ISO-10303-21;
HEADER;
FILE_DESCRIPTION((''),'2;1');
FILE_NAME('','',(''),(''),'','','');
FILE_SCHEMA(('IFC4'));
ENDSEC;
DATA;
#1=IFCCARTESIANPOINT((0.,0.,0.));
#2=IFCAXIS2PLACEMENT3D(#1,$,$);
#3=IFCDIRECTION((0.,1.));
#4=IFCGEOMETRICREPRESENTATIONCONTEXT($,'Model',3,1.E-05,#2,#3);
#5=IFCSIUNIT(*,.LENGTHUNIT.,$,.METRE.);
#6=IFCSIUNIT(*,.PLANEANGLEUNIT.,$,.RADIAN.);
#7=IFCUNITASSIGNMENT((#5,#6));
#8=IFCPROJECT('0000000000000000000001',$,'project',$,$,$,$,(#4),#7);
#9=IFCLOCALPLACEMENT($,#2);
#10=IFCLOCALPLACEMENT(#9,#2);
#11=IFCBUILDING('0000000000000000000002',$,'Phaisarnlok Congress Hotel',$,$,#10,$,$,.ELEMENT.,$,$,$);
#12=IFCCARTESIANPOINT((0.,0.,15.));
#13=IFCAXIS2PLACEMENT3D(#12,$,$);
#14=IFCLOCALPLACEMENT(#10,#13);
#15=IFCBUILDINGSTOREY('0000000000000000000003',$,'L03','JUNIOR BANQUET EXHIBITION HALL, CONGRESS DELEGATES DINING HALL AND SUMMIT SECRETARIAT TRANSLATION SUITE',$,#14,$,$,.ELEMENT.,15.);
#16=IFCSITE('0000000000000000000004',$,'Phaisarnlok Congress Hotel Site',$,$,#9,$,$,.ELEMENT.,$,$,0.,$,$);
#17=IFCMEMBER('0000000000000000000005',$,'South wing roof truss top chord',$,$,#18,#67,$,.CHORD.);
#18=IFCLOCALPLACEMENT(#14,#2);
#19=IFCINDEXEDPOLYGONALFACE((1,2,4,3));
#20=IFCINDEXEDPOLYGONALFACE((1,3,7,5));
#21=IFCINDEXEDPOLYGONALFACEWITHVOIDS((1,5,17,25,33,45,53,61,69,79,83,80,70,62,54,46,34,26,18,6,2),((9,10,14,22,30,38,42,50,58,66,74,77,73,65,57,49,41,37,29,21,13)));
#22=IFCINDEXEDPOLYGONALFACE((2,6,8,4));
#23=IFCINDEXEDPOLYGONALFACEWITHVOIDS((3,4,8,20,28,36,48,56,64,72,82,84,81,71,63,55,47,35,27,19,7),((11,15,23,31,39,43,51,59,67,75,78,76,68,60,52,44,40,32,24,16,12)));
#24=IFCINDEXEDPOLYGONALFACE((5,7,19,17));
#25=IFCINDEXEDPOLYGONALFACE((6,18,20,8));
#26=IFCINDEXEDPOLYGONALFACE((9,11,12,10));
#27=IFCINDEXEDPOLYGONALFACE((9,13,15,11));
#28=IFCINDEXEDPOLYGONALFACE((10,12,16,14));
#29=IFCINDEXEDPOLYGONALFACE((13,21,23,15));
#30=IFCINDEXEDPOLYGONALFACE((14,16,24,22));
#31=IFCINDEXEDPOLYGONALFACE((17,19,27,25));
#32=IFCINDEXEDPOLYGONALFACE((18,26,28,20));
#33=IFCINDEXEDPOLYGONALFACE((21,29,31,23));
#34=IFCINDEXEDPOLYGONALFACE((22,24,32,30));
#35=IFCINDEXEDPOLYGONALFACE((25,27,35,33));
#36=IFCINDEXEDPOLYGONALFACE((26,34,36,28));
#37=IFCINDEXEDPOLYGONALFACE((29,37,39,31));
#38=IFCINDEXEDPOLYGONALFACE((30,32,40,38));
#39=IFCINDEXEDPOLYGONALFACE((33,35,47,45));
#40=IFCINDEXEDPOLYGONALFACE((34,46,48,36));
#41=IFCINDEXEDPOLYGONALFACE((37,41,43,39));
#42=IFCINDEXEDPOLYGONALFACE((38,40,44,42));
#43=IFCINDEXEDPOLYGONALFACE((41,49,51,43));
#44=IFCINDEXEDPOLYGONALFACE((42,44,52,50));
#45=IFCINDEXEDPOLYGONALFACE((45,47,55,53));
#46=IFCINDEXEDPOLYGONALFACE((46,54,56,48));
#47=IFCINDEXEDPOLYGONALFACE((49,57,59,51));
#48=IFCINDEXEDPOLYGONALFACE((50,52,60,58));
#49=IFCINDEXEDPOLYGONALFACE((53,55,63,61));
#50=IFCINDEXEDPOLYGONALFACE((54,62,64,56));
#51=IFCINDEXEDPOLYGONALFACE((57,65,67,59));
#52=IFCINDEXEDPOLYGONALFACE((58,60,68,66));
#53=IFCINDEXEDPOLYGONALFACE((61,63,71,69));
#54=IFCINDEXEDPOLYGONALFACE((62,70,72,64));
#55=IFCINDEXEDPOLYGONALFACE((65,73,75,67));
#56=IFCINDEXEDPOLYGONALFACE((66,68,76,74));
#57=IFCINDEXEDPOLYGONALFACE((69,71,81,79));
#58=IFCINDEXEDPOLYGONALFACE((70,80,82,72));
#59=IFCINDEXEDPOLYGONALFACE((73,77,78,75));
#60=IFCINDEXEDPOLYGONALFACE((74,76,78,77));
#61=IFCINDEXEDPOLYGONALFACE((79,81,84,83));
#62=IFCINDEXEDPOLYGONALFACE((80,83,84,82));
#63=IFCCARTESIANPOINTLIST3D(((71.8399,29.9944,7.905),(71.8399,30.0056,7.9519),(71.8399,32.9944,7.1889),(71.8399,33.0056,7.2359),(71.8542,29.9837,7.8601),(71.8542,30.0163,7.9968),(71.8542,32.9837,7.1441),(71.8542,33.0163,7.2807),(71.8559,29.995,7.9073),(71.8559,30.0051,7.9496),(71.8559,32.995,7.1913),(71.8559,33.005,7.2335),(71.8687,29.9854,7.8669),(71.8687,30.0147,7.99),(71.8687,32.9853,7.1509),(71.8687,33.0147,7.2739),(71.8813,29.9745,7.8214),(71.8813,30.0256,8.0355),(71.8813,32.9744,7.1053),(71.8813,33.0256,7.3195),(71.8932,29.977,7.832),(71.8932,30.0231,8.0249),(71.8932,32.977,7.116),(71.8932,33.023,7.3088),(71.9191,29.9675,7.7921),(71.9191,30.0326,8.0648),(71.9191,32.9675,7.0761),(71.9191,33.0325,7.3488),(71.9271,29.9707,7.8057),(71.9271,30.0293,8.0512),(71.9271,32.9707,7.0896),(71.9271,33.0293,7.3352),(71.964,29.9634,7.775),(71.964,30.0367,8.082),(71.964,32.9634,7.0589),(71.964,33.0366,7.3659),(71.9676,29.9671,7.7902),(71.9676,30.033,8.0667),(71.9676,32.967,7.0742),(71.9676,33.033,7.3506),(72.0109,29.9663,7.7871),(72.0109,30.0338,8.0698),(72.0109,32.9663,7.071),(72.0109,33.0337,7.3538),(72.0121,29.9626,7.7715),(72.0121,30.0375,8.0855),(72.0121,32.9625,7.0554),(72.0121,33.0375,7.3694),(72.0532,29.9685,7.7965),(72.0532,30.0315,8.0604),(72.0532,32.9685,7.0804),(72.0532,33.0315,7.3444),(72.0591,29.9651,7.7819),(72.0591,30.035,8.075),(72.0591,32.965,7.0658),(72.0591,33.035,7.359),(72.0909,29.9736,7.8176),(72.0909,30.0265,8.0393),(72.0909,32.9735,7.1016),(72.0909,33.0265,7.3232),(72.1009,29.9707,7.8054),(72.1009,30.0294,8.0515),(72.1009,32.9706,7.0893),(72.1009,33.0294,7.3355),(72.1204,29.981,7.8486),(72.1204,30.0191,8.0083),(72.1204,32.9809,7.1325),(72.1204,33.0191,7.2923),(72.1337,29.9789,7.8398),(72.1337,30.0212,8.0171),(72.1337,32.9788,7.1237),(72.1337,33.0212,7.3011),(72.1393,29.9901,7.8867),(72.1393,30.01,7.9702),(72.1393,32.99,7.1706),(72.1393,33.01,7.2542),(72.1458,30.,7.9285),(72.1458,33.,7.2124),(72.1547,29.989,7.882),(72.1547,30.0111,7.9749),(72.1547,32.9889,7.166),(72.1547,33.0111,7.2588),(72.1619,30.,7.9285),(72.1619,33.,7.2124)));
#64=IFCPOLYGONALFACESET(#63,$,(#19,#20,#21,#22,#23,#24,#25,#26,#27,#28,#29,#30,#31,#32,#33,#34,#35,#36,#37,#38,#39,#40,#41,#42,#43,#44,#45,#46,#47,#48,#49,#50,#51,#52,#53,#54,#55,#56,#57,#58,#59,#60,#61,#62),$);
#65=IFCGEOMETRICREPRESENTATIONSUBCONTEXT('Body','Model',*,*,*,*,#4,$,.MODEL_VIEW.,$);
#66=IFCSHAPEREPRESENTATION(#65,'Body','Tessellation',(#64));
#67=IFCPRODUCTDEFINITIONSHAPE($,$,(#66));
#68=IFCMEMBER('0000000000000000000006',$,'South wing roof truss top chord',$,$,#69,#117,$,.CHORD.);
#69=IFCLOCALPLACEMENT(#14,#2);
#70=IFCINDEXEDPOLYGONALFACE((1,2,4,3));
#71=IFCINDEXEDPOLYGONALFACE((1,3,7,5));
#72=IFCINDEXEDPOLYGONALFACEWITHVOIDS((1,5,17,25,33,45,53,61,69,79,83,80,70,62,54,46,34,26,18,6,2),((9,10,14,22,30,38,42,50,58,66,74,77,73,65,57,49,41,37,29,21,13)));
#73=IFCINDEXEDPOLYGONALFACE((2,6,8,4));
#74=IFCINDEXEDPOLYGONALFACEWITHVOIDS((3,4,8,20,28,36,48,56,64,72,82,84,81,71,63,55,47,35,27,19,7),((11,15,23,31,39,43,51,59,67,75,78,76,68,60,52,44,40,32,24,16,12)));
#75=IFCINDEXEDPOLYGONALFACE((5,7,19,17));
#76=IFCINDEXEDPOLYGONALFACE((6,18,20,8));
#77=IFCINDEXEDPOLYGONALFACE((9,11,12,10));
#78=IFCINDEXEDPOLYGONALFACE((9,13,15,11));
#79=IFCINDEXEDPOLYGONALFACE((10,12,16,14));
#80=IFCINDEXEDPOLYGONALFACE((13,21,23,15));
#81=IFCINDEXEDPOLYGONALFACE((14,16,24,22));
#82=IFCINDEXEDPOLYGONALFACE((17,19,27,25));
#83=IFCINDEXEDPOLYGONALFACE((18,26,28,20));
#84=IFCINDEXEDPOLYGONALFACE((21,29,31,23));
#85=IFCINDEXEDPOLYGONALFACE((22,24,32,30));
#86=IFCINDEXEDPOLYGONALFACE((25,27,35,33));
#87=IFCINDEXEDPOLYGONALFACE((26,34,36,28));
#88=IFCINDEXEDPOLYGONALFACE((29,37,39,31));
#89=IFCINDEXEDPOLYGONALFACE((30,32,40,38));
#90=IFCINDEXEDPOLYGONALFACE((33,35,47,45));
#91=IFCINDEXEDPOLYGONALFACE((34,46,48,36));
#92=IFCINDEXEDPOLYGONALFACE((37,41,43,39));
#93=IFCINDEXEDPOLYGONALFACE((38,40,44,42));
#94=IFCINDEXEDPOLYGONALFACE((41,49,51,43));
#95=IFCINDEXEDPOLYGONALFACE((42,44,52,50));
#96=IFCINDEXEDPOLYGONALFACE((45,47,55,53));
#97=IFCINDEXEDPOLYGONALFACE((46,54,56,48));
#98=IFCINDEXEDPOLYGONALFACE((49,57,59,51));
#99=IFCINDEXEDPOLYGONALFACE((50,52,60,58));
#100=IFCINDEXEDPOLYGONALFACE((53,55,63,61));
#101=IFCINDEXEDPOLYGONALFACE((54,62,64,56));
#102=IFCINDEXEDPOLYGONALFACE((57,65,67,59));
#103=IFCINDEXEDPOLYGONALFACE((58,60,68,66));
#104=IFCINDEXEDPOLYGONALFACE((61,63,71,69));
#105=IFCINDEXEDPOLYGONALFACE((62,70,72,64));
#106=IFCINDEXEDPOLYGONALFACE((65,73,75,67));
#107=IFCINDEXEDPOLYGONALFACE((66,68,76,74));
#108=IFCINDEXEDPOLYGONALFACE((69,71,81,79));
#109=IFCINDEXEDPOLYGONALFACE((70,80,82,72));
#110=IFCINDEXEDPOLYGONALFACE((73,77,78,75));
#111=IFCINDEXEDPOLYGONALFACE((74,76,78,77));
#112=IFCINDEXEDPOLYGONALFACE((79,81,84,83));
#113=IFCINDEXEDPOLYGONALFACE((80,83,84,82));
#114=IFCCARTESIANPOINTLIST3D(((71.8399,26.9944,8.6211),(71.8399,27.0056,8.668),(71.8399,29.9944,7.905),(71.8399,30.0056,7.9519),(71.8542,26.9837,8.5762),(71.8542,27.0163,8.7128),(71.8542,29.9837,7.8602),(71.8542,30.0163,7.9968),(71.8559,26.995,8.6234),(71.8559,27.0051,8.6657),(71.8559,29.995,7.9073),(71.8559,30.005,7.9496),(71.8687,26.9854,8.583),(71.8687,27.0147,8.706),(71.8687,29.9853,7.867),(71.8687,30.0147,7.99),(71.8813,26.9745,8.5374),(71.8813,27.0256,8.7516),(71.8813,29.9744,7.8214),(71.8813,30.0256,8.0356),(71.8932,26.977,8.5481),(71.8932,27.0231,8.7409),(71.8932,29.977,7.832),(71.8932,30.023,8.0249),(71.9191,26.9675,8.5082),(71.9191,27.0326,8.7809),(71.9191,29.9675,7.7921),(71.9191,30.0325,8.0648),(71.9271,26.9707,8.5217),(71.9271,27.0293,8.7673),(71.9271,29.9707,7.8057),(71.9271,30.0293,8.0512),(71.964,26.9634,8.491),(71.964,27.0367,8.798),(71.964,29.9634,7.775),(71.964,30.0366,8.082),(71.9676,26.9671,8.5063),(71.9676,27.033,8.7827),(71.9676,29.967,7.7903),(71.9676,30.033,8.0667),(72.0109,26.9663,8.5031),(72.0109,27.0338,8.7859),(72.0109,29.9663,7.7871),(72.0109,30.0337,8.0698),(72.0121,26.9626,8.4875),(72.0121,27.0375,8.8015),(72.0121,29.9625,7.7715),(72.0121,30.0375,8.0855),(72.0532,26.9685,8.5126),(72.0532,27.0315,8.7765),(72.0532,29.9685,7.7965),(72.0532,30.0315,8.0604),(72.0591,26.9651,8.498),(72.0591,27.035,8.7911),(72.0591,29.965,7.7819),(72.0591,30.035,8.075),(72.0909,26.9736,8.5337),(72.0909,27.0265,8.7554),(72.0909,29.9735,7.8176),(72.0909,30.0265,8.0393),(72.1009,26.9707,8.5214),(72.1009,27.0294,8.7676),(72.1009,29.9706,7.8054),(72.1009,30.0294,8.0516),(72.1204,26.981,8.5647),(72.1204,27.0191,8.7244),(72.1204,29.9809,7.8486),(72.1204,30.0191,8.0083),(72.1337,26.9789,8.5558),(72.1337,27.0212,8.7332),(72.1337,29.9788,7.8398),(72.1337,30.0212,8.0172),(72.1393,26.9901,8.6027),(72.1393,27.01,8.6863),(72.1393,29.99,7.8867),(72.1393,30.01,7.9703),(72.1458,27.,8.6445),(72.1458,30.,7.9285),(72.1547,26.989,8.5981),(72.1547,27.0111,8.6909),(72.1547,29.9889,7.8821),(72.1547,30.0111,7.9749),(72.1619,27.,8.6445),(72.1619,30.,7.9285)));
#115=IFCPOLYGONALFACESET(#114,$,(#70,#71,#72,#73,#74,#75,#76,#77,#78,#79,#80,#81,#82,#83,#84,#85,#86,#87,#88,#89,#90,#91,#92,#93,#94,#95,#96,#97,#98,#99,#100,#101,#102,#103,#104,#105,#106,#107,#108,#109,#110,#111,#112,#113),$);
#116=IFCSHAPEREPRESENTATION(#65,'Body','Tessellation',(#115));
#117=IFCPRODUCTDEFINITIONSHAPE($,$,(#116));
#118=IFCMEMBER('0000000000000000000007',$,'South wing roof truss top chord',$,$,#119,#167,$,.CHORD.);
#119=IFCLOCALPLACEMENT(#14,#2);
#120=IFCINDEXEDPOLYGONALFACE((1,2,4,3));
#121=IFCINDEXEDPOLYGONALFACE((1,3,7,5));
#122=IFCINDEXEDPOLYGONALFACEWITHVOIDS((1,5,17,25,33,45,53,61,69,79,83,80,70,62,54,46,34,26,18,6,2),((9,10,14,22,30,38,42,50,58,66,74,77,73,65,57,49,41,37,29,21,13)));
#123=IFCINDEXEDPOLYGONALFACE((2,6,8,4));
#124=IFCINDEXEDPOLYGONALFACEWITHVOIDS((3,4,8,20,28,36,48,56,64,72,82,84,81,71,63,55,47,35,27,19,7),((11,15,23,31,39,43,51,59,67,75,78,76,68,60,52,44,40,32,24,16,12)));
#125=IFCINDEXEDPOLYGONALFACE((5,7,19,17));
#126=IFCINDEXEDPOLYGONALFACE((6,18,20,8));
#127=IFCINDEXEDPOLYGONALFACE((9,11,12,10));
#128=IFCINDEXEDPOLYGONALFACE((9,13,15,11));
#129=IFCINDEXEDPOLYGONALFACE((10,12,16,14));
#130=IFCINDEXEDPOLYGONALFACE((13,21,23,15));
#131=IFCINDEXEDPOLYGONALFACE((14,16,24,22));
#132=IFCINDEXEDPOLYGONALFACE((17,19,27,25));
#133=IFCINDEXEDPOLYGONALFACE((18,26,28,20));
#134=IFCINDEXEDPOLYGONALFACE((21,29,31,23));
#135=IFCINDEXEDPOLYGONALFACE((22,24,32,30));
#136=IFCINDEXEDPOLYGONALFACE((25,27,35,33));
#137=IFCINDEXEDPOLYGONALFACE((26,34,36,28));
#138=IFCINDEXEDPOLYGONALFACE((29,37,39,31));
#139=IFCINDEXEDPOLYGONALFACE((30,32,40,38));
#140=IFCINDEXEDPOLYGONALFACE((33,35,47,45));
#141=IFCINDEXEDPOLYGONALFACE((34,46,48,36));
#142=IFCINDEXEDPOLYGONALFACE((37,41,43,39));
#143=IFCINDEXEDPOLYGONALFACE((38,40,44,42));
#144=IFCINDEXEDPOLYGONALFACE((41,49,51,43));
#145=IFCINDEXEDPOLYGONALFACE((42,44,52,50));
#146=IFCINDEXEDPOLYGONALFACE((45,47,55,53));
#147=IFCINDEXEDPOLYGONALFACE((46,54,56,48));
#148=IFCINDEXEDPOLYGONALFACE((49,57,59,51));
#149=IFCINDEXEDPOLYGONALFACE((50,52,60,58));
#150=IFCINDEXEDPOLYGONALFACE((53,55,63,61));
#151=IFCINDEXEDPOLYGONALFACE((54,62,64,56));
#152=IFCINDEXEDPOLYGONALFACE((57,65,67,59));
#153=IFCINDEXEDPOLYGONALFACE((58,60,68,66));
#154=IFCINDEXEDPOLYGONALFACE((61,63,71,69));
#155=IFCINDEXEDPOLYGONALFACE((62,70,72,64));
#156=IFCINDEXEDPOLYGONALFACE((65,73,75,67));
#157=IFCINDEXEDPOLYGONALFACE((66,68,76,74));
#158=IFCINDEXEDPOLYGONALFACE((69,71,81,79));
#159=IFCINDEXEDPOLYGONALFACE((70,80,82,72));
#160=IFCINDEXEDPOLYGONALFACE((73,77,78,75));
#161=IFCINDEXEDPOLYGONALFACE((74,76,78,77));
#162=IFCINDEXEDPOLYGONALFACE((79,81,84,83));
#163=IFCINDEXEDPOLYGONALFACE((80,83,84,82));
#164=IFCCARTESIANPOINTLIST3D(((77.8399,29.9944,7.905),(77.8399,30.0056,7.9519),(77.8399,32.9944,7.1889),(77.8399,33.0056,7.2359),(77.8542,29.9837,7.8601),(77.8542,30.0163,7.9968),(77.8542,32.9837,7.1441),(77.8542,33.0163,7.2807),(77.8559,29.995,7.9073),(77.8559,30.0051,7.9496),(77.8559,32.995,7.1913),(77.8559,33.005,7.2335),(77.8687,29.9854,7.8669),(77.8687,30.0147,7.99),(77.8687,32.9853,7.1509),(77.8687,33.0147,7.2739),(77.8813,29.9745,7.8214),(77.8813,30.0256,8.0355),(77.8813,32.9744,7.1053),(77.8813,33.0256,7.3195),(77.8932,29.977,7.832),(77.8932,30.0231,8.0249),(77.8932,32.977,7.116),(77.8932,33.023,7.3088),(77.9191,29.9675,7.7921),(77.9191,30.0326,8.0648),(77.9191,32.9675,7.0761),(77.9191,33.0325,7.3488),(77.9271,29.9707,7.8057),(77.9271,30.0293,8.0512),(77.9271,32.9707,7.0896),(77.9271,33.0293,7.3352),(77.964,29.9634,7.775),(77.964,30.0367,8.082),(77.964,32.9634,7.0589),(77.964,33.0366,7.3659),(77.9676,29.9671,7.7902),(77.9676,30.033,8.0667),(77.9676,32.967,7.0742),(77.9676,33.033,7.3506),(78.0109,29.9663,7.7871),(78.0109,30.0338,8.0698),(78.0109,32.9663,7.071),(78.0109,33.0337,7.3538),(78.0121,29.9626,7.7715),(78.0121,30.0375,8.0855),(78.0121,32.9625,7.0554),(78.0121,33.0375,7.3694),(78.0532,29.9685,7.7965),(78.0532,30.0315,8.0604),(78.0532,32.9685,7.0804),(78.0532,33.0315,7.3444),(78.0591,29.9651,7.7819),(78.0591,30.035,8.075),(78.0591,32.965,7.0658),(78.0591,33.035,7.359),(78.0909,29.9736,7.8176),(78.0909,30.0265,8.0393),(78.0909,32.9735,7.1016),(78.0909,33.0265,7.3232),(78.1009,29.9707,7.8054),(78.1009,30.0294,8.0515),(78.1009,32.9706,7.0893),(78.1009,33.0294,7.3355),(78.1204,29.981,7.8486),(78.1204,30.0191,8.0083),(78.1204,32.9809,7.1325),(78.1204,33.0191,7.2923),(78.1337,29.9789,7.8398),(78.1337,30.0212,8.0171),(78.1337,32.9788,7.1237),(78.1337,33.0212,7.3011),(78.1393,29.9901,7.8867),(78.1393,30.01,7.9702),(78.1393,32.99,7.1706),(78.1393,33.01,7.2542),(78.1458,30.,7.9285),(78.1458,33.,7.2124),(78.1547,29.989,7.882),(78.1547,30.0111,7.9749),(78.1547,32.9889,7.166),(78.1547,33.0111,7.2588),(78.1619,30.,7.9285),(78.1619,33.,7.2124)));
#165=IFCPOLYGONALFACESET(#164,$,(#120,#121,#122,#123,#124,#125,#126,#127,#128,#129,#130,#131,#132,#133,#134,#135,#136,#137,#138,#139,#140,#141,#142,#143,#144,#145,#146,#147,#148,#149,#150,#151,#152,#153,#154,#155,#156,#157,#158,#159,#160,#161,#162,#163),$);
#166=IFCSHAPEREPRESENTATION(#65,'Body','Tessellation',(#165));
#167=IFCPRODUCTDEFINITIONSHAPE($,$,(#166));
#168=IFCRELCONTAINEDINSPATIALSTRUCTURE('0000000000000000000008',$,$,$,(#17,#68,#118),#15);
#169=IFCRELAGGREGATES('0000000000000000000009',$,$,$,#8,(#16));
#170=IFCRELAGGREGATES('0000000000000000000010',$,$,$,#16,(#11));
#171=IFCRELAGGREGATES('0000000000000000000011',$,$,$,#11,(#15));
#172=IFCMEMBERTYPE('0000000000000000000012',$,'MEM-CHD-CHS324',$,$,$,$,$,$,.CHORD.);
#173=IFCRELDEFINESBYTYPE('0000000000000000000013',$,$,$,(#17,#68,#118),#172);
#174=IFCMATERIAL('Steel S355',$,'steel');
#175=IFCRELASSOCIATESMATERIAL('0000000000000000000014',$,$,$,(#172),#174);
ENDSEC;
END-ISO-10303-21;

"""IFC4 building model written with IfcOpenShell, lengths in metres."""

from ifc_helpers import new_model, si_unit, direction, frame, origin, origin_2d, place, context, subcontext, project, spatial, hollow_circle, extrude, material, material_profile, profile_set, type_object, element, save


model = new_model("IFC4")

# Units and contexts
model_context = context("Model", 3, precision=1e-05, world=origin(), true_north=direction((0.0, 1.0)))
body_context = subcontext(model_context, "Body", "Model", "MODEL_VIEW")
ifc_project = project(units=[si_unit("LENGTHUNIT", "METRE"), si_unit("PLANEANGLEUNIT", "RADIAN")], contexts=[model_context])

# Site, building, storey
site_placement = place(None, origin())
site = spatial("IfcSite", under=ifc_project, at=site_placement, Name="Phaisarnlok Congress Hotel Site", CompositionType="ELEMENT", RefElevation=0.0)
building_placement = place(site_placement, origin())
building = spatial("IfcBuilding", under=site, at=building_placement, Name="Phaisarnlok Congress Hotel", CompositionType="ELEMENT")
storey_placement = place(building_placement, frame((0.0, 0.0, 15.0)))
storey = spatial("IfcBuildingStorey", under=building, at=storey_placement, Name="L03", Description="JUNIOR BANQUET EXHIBITION HALL, CONGRESS DELEGATES DINING HALL AND SUMMIT SECRETARIAT TRANSLATION SUITE", CompositionType="ELEMENT", Elevation=15.0)

# Shared definitions
ifc_material_1 = material(Name="Steel S355", Category="steel")

# Members
ifc_material_profile_1 = material_profile(ifc_material_1, hollow_circle(Radius=0.1619, WallThickness=0.0161, at=origin_2d()), Name="CHS 323.9x16")
ifc_profile_set_1 = profile_set([ifc_material_profile_1], Name="Steel S355")
member_type_1 = type_object("IfcMemberType", Name="MEM-CHD-CHS324", PredefinedType="CHORD", material=ifc_profile_set_1)
for number, where, z_axis, x_axis, name in (
    (1, (72.0, 33.0, 7.2124), (0.0, -0.972676, 0.232166), (1.0, 0.0, 0.0), "South wing roof truss top chord"),
    (2, (72.0, 30.0, 7.9285), (0.0, -0.972676, 0.232166), (1.0, 0.0, 0.0), "South wing roof truss top chord"),
    (3, (78.0, 33.0, 7.2124), (0.0, -0.972676, 0.232166), (1.0, 0.0, 0.0), "South wing roof truss top chord"),
):
    element("IfcMember", number, at=place(storey_placement, frame(where, z_axis=z_axis, x_axis=x_axis)), inside=storey, type_object=member_type_1, Name=name, PredefinedType="CHORD", context=body_context, shape_type="SweptSolid", body=[
        extrude(hollow_circle(Radius=0.1619, WallThickness=0.0161, at=origin_2d()), origin(), (0.0, 0.0, 1.0), 3.0842),
    ])

save(model, "model.ifc")
